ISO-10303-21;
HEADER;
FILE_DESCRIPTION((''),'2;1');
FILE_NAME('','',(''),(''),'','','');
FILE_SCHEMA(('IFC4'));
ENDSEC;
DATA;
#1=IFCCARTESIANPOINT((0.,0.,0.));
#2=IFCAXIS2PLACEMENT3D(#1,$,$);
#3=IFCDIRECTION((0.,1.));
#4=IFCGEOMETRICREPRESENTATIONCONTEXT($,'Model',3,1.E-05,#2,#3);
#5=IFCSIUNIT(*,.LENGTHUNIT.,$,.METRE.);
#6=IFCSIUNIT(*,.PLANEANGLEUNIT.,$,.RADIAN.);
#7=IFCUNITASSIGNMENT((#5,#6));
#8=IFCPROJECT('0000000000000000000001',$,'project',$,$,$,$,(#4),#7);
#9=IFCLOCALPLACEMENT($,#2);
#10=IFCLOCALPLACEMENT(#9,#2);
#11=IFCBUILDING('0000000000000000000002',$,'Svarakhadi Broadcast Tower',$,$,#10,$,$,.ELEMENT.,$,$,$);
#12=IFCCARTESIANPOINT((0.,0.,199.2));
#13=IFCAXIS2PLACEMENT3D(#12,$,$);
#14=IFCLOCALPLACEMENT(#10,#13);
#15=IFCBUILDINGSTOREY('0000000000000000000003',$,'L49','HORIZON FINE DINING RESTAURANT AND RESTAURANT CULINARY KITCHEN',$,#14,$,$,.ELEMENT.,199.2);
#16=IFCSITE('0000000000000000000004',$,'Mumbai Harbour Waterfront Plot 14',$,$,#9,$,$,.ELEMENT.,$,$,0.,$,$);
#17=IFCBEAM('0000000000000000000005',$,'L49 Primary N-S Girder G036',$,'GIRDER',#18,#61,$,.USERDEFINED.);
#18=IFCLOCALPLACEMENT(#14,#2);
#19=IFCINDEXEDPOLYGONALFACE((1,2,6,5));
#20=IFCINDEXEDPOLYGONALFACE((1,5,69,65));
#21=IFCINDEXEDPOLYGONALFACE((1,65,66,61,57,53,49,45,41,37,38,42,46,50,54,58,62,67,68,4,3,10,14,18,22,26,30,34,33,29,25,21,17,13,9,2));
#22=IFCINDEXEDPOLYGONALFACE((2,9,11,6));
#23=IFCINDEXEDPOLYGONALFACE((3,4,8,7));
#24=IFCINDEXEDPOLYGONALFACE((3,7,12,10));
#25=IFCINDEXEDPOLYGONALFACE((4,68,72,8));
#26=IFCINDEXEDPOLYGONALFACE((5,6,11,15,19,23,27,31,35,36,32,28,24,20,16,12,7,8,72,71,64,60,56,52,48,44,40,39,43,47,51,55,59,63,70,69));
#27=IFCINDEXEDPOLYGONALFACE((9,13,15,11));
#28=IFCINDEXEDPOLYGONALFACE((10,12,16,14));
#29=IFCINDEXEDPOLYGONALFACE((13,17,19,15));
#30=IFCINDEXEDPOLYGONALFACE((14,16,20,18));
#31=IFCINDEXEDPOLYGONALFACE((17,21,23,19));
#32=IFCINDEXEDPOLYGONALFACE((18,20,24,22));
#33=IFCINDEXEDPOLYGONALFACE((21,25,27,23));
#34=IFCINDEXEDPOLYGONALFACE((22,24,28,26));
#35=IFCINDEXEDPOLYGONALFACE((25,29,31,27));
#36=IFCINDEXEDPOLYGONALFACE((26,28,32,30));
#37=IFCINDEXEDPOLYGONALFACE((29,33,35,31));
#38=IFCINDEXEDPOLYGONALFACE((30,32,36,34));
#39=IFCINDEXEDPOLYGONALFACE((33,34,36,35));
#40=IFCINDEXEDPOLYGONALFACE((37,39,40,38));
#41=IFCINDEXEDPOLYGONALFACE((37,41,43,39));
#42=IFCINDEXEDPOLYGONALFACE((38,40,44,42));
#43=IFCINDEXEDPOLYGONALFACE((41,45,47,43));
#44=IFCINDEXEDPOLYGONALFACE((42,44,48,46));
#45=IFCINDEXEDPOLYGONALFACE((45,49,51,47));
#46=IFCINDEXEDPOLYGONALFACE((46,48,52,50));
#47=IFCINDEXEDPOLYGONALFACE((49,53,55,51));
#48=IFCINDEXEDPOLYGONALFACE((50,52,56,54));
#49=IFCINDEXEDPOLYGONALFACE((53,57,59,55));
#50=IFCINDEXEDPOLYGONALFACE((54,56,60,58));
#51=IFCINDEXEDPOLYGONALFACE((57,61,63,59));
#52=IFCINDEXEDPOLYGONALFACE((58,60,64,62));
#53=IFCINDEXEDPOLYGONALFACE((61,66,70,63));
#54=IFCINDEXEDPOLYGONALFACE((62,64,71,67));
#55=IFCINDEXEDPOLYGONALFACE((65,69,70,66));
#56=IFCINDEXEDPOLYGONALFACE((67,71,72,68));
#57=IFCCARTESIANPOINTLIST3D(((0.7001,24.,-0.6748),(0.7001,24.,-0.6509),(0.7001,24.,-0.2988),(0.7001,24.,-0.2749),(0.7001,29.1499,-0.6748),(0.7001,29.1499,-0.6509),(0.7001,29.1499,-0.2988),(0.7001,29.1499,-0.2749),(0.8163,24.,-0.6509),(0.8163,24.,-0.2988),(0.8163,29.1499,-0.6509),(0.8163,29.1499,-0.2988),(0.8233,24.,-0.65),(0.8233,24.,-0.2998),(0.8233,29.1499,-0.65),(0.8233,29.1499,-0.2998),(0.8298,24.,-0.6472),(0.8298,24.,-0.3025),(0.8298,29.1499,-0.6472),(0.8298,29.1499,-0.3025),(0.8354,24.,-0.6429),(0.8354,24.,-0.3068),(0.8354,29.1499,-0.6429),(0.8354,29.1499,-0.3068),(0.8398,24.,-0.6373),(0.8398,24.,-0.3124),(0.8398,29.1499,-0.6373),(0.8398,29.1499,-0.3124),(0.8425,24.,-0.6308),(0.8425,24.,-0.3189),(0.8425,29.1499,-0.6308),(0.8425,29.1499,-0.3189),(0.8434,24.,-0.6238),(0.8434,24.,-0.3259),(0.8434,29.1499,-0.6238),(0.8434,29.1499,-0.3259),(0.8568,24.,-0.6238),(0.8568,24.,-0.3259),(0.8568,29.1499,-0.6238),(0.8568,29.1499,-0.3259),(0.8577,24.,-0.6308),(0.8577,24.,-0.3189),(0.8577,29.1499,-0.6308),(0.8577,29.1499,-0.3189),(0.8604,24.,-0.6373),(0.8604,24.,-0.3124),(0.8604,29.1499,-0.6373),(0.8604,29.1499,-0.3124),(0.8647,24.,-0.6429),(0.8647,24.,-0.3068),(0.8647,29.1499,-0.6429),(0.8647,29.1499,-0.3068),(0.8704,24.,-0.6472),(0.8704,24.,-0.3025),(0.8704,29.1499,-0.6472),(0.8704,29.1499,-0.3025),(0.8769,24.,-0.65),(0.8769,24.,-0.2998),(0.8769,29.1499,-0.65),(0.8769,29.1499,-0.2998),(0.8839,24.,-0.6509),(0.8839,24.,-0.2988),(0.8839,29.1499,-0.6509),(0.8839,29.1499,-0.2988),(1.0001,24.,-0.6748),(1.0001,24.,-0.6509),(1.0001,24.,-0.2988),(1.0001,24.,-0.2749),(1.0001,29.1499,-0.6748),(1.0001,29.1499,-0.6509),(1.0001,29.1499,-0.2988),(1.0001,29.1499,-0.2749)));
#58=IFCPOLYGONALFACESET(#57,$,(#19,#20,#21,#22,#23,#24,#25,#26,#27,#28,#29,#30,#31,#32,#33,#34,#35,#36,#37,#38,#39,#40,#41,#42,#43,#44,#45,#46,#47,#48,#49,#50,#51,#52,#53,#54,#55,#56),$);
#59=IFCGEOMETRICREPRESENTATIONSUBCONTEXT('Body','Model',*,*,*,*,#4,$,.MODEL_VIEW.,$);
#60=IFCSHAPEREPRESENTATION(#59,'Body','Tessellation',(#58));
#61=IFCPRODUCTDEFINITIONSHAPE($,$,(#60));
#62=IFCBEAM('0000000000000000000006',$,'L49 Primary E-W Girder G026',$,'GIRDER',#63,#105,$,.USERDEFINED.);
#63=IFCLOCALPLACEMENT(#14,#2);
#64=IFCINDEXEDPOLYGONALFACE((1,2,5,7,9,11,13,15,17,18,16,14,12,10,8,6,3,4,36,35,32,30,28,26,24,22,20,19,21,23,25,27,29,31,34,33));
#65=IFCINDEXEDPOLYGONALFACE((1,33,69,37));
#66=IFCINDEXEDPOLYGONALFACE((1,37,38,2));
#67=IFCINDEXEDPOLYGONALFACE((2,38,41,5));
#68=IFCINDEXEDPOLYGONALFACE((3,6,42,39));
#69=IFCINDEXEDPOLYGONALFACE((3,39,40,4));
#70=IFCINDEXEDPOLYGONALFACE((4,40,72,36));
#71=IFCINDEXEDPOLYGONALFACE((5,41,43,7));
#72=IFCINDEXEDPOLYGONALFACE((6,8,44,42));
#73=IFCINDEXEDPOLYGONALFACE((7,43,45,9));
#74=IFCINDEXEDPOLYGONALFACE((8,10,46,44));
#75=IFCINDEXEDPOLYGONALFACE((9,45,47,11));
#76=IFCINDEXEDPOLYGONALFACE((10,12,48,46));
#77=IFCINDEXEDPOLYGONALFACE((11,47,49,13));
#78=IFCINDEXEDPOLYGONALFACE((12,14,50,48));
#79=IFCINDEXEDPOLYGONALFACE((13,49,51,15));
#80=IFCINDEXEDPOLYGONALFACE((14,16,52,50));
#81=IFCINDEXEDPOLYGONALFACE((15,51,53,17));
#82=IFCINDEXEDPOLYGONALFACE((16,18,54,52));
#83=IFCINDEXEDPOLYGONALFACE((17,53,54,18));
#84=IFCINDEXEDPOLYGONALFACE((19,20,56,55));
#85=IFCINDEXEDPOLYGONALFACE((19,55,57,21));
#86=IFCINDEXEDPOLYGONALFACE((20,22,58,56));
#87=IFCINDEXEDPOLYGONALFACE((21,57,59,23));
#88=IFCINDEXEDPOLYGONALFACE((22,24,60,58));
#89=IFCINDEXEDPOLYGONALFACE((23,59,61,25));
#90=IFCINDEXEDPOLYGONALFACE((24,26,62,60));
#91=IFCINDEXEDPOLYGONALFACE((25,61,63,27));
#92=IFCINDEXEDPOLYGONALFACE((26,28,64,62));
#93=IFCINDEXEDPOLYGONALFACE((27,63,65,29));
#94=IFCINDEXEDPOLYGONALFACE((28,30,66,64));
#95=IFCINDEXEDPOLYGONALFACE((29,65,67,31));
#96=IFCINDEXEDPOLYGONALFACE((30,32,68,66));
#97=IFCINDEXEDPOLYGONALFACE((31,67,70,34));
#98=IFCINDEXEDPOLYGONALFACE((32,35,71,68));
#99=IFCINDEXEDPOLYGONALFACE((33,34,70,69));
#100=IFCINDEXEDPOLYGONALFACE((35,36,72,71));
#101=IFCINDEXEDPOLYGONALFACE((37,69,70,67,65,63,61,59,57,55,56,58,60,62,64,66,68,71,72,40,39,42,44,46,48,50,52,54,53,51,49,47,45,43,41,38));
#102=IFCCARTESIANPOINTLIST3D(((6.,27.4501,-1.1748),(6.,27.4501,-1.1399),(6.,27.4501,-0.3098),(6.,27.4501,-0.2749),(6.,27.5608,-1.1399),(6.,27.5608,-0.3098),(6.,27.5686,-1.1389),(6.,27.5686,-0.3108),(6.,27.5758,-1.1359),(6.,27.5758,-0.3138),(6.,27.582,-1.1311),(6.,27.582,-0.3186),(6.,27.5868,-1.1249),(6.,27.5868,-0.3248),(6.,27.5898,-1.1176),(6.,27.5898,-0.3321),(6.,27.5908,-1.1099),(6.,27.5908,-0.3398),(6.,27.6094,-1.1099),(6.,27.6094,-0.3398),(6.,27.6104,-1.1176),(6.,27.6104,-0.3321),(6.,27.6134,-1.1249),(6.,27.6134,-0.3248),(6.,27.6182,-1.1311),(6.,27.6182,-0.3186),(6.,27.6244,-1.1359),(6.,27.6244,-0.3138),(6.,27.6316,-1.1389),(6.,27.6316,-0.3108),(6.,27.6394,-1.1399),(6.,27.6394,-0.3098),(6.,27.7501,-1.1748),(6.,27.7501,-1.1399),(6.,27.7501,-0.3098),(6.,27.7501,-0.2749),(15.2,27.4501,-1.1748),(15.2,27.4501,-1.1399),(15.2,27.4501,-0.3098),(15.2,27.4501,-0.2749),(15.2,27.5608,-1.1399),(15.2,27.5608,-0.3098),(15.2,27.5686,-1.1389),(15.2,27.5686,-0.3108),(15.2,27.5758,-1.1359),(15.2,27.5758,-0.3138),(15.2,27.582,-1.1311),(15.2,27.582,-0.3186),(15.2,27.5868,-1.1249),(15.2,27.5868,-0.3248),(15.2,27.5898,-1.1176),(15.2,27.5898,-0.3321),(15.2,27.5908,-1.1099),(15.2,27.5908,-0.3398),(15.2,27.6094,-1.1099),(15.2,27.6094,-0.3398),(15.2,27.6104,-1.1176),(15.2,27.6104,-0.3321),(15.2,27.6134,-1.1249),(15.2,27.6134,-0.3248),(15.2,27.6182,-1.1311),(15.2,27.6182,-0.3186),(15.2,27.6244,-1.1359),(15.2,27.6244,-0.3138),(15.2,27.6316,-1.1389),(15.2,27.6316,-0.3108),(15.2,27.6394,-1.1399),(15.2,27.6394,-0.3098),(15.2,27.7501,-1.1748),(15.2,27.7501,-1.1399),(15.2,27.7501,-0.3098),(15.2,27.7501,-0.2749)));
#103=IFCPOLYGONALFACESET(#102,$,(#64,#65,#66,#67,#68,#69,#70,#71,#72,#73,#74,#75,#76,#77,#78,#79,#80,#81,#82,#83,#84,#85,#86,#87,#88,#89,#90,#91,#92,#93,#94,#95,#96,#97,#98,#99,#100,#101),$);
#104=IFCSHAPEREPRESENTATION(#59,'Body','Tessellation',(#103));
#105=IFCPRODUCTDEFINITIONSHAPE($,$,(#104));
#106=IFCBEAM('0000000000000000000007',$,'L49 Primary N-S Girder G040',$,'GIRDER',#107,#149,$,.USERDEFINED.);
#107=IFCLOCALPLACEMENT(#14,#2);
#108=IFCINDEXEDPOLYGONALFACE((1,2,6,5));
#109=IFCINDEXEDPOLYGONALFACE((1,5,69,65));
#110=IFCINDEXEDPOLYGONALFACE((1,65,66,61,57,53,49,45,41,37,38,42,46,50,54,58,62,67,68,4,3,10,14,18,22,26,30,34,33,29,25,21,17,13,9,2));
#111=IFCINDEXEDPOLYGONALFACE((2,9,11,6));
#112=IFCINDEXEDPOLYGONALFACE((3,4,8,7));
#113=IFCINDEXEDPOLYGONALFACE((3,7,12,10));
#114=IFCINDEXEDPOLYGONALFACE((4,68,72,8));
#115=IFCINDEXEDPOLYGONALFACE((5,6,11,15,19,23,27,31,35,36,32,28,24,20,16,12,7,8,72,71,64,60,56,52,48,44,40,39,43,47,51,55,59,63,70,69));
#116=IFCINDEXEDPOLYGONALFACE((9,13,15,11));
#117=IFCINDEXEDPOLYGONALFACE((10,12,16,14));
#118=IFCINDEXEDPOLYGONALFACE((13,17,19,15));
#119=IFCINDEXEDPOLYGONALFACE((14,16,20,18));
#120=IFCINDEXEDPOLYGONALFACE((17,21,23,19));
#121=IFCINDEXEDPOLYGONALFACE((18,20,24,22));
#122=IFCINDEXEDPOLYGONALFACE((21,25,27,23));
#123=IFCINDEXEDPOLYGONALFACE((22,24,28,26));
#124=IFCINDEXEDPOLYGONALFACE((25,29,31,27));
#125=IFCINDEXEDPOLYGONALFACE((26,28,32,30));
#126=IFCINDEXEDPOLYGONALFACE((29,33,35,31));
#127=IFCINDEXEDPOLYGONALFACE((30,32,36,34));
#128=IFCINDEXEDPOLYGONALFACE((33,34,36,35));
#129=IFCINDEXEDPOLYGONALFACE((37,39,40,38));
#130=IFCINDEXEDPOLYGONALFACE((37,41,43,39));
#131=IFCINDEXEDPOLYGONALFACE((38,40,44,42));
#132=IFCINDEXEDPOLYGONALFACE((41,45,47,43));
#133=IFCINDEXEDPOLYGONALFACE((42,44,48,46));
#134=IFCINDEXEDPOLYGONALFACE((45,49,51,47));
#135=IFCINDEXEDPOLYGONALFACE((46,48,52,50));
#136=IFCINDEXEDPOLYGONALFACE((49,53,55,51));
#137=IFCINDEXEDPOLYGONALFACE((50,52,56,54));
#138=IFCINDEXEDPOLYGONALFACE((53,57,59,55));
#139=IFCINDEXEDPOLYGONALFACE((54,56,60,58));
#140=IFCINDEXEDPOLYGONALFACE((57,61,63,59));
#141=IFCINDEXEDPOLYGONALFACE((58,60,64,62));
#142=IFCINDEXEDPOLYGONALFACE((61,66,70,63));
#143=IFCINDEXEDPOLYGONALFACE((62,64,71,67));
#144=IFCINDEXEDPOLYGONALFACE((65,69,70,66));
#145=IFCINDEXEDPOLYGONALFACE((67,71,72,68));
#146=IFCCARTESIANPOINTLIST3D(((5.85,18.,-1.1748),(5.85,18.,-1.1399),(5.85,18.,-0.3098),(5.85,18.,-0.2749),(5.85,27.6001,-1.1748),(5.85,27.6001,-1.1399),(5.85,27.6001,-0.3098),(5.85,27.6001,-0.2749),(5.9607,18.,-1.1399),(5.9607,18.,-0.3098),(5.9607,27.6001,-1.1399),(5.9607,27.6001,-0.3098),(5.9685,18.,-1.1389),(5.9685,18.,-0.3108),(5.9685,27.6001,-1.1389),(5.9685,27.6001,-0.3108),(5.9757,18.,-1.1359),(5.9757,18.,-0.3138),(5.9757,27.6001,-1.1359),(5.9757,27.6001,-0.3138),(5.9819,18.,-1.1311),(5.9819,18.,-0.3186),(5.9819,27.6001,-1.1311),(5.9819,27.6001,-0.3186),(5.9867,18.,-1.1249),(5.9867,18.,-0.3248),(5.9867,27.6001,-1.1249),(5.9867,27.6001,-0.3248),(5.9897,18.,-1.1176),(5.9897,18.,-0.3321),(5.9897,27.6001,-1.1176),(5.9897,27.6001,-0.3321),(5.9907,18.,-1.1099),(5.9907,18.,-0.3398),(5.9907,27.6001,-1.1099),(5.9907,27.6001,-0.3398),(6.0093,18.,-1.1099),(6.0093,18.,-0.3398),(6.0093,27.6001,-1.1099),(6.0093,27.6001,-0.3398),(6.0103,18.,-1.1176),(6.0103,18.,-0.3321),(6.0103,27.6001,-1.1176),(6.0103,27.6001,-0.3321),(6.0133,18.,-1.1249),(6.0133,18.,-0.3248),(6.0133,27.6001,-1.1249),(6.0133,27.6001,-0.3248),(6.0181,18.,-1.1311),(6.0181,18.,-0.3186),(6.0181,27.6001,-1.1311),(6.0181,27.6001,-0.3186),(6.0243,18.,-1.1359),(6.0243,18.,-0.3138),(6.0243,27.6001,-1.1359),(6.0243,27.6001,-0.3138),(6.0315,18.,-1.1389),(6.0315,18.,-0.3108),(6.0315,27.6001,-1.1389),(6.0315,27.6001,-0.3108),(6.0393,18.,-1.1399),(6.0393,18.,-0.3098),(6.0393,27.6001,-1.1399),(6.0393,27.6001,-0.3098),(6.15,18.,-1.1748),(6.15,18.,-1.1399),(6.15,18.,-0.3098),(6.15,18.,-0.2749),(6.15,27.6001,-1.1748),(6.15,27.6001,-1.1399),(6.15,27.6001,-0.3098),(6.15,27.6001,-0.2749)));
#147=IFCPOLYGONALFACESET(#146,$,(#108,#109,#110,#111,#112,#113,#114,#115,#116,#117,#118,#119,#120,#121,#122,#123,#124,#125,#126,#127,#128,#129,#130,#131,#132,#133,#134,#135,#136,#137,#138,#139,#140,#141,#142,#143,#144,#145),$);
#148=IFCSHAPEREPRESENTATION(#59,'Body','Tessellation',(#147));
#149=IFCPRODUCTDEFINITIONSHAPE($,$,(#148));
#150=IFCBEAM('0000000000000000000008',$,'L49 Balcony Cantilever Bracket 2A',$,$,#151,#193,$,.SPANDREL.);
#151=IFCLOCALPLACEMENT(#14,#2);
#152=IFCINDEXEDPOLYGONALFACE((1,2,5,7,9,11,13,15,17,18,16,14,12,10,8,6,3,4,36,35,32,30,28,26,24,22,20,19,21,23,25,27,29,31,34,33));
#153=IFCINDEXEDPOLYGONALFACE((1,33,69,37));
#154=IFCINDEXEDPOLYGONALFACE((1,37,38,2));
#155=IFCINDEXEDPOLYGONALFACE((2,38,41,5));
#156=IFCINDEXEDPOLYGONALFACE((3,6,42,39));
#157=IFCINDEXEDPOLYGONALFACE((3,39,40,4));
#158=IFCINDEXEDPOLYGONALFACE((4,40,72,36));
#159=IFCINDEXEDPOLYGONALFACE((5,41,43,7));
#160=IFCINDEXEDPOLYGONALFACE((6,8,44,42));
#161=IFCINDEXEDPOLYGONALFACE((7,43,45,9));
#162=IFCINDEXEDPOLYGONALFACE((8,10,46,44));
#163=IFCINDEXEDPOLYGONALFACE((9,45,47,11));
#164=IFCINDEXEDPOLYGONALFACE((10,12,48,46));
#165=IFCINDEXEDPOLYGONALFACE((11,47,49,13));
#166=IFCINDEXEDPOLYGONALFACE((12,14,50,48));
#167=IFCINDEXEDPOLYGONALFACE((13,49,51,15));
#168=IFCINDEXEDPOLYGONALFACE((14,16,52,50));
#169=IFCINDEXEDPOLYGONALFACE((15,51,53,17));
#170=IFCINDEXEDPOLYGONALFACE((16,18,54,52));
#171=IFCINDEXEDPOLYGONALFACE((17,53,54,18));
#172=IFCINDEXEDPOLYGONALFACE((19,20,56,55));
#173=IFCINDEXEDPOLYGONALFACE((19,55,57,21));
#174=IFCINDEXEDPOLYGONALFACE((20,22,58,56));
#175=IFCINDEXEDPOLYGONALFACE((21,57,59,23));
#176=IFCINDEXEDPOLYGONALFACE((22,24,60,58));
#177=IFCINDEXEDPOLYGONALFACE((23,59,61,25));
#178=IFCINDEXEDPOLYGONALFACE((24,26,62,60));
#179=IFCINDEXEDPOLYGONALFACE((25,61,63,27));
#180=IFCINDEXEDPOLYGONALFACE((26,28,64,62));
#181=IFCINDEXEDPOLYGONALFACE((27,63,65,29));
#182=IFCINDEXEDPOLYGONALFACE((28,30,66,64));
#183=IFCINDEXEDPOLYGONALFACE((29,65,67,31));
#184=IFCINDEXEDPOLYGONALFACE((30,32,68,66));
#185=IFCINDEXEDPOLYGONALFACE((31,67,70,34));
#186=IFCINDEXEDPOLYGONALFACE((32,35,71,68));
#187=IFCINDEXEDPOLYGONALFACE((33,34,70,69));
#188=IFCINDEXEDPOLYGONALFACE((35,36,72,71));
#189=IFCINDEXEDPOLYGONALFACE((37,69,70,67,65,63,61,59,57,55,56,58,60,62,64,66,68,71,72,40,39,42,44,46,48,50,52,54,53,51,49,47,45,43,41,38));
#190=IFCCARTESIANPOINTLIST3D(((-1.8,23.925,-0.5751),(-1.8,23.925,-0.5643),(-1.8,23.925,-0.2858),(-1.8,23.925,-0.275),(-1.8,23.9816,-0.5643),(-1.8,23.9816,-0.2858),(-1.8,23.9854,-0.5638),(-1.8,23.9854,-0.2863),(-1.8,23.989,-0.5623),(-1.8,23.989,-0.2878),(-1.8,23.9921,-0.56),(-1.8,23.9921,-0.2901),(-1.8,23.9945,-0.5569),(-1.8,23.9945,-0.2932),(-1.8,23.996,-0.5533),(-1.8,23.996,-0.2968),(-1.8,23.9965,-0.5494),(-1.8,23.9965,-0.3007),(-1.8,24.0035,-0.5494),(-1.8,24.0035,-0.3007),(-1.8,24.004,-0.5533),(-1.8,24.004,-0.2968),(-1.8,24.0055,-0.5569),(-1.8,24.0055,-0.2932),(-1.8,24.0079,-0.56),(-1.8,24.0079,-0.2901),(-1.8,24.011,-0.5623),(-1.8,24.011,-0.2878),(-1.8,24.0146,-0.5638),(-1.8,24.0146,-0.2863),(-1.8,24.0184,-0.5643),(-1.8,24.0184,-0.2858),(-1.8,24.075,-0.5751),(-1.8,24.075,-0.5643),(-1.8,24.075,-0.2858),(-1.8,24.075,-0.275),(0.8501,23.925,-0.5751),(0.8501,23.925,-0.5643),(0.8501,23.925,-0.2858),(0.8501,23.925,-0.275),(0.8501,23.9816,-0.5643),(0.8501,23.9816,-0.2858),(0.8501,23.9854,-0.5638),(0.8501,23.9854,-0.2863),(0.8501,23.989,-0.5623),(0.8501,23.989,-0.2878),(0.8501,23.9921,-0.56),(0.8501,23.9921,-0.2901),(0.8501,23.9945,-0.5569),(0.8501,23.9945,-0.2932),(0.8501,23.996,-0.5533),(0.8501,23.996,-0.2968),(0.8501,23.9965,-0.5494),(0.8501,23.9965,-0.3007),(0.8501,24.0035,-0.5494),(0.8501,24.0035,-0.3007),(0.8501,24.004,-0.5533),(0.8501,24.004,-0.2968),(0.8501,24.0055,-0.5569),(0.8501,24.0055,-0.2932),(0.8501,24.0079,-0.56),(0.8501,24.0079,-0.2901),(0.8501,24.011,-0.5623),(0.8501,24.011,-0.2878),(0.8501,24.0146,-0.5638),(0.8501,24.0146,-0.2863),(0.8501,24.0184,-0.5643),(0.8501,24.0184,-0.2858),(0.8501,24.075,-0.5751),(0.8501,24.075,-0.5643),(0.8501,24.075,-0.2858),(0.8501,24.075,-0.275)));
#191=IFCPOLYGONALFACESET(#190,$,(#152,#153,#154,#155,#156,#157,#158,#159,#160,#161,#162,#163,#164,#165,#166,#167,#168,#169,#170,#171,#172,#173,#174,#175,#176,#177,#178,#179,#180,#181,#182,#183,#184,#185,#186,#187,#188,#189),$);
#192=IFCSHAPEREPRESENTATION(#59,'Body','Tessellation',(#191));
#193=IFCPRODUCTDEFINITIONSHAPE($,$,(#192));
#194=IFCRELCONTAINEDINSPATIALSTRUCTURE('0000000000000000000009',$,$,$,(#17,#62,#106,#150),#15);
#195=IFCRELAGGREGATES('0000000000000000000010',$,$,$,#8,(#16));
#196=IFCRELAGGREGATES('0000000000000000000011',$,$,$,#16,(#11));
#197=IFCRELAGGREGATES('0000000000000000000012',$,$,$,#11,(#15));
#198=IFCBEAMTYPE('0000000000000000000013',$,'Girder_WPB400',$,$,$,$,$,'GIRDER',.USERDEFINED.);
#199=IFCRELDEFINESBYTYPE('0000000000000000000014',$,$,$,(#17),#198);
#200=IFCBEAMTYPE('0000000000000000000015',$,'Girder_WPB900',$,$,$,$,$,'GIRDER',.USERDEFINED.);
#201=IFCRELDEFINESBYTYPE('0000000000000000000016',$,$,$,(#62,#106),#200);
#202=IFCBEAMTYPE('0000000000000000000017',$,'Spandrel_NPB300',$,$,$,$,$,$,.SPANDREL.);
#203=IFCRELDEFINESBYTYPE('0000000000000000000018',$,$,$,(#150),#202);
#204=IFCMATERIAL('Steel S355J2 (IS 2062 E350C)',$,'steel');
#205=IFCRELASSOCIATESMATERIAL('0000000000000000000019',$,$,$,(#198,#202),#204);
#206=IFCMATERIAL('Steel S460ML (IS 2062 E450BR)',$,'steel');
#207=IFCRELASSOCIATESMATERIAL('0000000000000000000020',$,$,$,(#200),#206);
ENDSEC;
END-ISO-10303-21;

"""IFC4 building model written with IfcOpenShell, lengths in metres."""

from ifc_helpers import new_model, si_unit, direction, frame, origin, origin_2d, place, context, subcontext, project, spatial, i_section, extrude, material, material_profile, profile_set, type_object, element, save


model = new_model("IFC4")

# Units and contexts
model_context = context("Model", 3, precision=1e-05, world=origin(), true_north=direction((0.0, 1.0)))
body_context = subcontext(model_context, "Body", "Model", "MODEL_VIEW")
ifc_project = project(units=[si_unit("LENGTHUNIT", "METRE"), si_unit("PLANEANGLEUNIT", "RADIAN")], contexts=[model_context])

# Site, building, storey
site_placement = place(None, origin())
site = spatial("IfcSite", under=ifc_project, at=site_placement, Name="Mumbai Harbour Waterfront Plot 14", CompositionType="ELEMENT", RefElevation=0.0)
building_placement = place(site_placement, origin())
building = spatial("IfcBuilding", under=site, at=building_placement, Name="Svarakhadi Broadcast Tower", CompositionType="ELEMENT")
storey_placement = place(building_placement, frame((0.0, 0.0, 199.2)))
storey = spatial("IfcBuildingStorey", under=building, at=storey_placement, Name="L49", Description="HORIZON FINE DINING RESTAURANT AND RESTAURANT CULINARY KITCHEN", CompositionType="ELEMENT", Elevation=199.2)

# Shared definitions
ifc_material_1 = material(Name="Steel S460ML (IS 2062 E450BR)", Category="steel")

# Shared definitions
ifc_material_2 = material(Name="Steel S355J2 (IS 2062 E350C)", Category="steel")

# Beams
ifc_material_profile_1 = material_profile(ifc_material_2, i_section(OverallWidth=0.3, OverallDepth=0.3999, WebThickness=0.0134, FlangeThickness=0.0239, FilletRadius=0.0271, at=origin_2d()), Name="WPB 400x300x155")
ifc_profile_set_1 = profile_set([ifc_material_profile_1], Name="Steel S355J2 (IS 2062 E350C)")
beam_type_1 = type_object("IfcBeamType", Name="Girder_WPB400", ElementType="GIRDER", PredefinedType="USERDEFINED", material=ifc_profile_set_1)
beam_1_placement = place(storey_placement, frame((0.8501, 24.0, -0.4749), z_axis=(0.0, 1.0, 0.0), x_axis=(-1.0, 0.0, 0.0)))
element("IfcBeam", 1, at=beam_1_placement, inside=storey, type_object=beam_type_1, Name="L49 Primary N-S Girder G036", ObjectType="GIRDER", PredefinedType="USERDEFINED", context=body_context, shape_type="SweptSolid", body=[
    extrude(i_section(OverallWidth=0.3, OverallDepth=0.3999, WebThickness=0.0134, FlangeThickness=0.0239, FilletRadius=0.0271, at=origin_2d()), origin(), (0.0, 0.0, 1.0), 5.1499),
])
ifc_material_profile_2 = material_profile(ifc_material_1, i_section(OverallWidth=0.3, OverallDepth=0.8999, WebThickness=0.0186, FlangeThickness=0.0349, FilletRadius=0.03, at=origin_2d()), Name="WPB 900x300x291")
ifc_profile_set_2 = profile_set([ifc_material_profile_2], Name="Steel S460ML (IS 2062 E450BR)")
beam_type_2 = type_object("IfcBeamType", Name="Girder_WPB900", ElementType="GIRDER", PredefinedType="USERDEFINED", material=ifc_profile_set_2)
beam_2_placement = place(storey_placement, frame((6.0, 27.6001, -0.7249), z_axis=(1.0, 0.0, 0.0), x_axis=(0.0, 1.0, 0.0)))
element("IfcBeam", 2, at=beam_2_placement, inside=storey, type_object=beam_type_2, Name="L49 Primary E-W Girder G026", ObjectType="GIRDER", PredefinedType="USERDEFINED", context=body_context, shape_type="SweptSolid", body=[
    extrude(i_section(OverallWidth=0.3, OverallDepth=0.8999, WebThickness=0.0186, FlangeThickness=0.0349, FilletRadius=0.03, at=origin_2d()), origin(), (0.0, 0.0, 1.0), 9.2),
])
beam_3_placement = place(storey_placement, frame((6.0, 18.0, -0.7249), z_axis=(0.0, 1.0, 0.0), x_axis=(-1.0, 0.0, 0.0)))
element("IfcBeam", 3, at=beam_3_placement, inside=storey, type_object=beam_type_2, Name="L49 Primary N-S Girder G040", ObjectType="GIRDER", PredefinedType="USERDEFINED", context=body_context, shape_type="SweptSolid", body=[
    extrude(i_section(OverallWidth=0.3, OverallDepth=0.8999, WebThickness=0.0186, FlangeThickness=0.0349, FilletRadius=0.03, at=origin_2d()), origin(), (0.0, 0.0, 1.0), 9.6001),
])
ifc_material_profile_3 = material_profile(ifc_material_2, i_section(OverallWidth=0.1499, OverallDepth=0.3, WebThickness=0.0071, FlangeThickness=0.0107, FilletRadius=0.0149, at=origin_2d()), Name="NPB 300x150x37")
ifc_profile_set_3 = profile_set([ifc_material_profile_3], Name="Steel S355J2 (IS 2062 E350C)")
beam_type_3 = type_object("IfcBeamType", Name="Spandrel_NPB300", PredefinedType="SPANDREL", material=ifc_profile_set_3)
for number, where, z_axis, x_axis, name in (
    (4, (0.8501, 24.0, -0.425), (-1.0, 0.0, 0.0), (0.0, -1.0, 0.0), "L49 Balcony Cantilever Bracket 2A"),
):
    element("IfcBeam", number, at=place(storey_placement, frame(where, z_axis=z_axis, x_axis=x_axis)), inside=storey, type_object=beam_type_3, Name=name, PredefinedType="SPANDREL", context=body_context, shape_type="SweptSolid", body=[
        extrude(i_section(OverallWidth=0.1499, OverallDepth=0.3, WebThickness=0.0071, FlangeThickness=0.0107, FilletRadius=0.0149, at=origin_2d()), origin(), (0.0, 0.0, 1.0), 2.6501),
    ])

save(model, "model.ifc")
